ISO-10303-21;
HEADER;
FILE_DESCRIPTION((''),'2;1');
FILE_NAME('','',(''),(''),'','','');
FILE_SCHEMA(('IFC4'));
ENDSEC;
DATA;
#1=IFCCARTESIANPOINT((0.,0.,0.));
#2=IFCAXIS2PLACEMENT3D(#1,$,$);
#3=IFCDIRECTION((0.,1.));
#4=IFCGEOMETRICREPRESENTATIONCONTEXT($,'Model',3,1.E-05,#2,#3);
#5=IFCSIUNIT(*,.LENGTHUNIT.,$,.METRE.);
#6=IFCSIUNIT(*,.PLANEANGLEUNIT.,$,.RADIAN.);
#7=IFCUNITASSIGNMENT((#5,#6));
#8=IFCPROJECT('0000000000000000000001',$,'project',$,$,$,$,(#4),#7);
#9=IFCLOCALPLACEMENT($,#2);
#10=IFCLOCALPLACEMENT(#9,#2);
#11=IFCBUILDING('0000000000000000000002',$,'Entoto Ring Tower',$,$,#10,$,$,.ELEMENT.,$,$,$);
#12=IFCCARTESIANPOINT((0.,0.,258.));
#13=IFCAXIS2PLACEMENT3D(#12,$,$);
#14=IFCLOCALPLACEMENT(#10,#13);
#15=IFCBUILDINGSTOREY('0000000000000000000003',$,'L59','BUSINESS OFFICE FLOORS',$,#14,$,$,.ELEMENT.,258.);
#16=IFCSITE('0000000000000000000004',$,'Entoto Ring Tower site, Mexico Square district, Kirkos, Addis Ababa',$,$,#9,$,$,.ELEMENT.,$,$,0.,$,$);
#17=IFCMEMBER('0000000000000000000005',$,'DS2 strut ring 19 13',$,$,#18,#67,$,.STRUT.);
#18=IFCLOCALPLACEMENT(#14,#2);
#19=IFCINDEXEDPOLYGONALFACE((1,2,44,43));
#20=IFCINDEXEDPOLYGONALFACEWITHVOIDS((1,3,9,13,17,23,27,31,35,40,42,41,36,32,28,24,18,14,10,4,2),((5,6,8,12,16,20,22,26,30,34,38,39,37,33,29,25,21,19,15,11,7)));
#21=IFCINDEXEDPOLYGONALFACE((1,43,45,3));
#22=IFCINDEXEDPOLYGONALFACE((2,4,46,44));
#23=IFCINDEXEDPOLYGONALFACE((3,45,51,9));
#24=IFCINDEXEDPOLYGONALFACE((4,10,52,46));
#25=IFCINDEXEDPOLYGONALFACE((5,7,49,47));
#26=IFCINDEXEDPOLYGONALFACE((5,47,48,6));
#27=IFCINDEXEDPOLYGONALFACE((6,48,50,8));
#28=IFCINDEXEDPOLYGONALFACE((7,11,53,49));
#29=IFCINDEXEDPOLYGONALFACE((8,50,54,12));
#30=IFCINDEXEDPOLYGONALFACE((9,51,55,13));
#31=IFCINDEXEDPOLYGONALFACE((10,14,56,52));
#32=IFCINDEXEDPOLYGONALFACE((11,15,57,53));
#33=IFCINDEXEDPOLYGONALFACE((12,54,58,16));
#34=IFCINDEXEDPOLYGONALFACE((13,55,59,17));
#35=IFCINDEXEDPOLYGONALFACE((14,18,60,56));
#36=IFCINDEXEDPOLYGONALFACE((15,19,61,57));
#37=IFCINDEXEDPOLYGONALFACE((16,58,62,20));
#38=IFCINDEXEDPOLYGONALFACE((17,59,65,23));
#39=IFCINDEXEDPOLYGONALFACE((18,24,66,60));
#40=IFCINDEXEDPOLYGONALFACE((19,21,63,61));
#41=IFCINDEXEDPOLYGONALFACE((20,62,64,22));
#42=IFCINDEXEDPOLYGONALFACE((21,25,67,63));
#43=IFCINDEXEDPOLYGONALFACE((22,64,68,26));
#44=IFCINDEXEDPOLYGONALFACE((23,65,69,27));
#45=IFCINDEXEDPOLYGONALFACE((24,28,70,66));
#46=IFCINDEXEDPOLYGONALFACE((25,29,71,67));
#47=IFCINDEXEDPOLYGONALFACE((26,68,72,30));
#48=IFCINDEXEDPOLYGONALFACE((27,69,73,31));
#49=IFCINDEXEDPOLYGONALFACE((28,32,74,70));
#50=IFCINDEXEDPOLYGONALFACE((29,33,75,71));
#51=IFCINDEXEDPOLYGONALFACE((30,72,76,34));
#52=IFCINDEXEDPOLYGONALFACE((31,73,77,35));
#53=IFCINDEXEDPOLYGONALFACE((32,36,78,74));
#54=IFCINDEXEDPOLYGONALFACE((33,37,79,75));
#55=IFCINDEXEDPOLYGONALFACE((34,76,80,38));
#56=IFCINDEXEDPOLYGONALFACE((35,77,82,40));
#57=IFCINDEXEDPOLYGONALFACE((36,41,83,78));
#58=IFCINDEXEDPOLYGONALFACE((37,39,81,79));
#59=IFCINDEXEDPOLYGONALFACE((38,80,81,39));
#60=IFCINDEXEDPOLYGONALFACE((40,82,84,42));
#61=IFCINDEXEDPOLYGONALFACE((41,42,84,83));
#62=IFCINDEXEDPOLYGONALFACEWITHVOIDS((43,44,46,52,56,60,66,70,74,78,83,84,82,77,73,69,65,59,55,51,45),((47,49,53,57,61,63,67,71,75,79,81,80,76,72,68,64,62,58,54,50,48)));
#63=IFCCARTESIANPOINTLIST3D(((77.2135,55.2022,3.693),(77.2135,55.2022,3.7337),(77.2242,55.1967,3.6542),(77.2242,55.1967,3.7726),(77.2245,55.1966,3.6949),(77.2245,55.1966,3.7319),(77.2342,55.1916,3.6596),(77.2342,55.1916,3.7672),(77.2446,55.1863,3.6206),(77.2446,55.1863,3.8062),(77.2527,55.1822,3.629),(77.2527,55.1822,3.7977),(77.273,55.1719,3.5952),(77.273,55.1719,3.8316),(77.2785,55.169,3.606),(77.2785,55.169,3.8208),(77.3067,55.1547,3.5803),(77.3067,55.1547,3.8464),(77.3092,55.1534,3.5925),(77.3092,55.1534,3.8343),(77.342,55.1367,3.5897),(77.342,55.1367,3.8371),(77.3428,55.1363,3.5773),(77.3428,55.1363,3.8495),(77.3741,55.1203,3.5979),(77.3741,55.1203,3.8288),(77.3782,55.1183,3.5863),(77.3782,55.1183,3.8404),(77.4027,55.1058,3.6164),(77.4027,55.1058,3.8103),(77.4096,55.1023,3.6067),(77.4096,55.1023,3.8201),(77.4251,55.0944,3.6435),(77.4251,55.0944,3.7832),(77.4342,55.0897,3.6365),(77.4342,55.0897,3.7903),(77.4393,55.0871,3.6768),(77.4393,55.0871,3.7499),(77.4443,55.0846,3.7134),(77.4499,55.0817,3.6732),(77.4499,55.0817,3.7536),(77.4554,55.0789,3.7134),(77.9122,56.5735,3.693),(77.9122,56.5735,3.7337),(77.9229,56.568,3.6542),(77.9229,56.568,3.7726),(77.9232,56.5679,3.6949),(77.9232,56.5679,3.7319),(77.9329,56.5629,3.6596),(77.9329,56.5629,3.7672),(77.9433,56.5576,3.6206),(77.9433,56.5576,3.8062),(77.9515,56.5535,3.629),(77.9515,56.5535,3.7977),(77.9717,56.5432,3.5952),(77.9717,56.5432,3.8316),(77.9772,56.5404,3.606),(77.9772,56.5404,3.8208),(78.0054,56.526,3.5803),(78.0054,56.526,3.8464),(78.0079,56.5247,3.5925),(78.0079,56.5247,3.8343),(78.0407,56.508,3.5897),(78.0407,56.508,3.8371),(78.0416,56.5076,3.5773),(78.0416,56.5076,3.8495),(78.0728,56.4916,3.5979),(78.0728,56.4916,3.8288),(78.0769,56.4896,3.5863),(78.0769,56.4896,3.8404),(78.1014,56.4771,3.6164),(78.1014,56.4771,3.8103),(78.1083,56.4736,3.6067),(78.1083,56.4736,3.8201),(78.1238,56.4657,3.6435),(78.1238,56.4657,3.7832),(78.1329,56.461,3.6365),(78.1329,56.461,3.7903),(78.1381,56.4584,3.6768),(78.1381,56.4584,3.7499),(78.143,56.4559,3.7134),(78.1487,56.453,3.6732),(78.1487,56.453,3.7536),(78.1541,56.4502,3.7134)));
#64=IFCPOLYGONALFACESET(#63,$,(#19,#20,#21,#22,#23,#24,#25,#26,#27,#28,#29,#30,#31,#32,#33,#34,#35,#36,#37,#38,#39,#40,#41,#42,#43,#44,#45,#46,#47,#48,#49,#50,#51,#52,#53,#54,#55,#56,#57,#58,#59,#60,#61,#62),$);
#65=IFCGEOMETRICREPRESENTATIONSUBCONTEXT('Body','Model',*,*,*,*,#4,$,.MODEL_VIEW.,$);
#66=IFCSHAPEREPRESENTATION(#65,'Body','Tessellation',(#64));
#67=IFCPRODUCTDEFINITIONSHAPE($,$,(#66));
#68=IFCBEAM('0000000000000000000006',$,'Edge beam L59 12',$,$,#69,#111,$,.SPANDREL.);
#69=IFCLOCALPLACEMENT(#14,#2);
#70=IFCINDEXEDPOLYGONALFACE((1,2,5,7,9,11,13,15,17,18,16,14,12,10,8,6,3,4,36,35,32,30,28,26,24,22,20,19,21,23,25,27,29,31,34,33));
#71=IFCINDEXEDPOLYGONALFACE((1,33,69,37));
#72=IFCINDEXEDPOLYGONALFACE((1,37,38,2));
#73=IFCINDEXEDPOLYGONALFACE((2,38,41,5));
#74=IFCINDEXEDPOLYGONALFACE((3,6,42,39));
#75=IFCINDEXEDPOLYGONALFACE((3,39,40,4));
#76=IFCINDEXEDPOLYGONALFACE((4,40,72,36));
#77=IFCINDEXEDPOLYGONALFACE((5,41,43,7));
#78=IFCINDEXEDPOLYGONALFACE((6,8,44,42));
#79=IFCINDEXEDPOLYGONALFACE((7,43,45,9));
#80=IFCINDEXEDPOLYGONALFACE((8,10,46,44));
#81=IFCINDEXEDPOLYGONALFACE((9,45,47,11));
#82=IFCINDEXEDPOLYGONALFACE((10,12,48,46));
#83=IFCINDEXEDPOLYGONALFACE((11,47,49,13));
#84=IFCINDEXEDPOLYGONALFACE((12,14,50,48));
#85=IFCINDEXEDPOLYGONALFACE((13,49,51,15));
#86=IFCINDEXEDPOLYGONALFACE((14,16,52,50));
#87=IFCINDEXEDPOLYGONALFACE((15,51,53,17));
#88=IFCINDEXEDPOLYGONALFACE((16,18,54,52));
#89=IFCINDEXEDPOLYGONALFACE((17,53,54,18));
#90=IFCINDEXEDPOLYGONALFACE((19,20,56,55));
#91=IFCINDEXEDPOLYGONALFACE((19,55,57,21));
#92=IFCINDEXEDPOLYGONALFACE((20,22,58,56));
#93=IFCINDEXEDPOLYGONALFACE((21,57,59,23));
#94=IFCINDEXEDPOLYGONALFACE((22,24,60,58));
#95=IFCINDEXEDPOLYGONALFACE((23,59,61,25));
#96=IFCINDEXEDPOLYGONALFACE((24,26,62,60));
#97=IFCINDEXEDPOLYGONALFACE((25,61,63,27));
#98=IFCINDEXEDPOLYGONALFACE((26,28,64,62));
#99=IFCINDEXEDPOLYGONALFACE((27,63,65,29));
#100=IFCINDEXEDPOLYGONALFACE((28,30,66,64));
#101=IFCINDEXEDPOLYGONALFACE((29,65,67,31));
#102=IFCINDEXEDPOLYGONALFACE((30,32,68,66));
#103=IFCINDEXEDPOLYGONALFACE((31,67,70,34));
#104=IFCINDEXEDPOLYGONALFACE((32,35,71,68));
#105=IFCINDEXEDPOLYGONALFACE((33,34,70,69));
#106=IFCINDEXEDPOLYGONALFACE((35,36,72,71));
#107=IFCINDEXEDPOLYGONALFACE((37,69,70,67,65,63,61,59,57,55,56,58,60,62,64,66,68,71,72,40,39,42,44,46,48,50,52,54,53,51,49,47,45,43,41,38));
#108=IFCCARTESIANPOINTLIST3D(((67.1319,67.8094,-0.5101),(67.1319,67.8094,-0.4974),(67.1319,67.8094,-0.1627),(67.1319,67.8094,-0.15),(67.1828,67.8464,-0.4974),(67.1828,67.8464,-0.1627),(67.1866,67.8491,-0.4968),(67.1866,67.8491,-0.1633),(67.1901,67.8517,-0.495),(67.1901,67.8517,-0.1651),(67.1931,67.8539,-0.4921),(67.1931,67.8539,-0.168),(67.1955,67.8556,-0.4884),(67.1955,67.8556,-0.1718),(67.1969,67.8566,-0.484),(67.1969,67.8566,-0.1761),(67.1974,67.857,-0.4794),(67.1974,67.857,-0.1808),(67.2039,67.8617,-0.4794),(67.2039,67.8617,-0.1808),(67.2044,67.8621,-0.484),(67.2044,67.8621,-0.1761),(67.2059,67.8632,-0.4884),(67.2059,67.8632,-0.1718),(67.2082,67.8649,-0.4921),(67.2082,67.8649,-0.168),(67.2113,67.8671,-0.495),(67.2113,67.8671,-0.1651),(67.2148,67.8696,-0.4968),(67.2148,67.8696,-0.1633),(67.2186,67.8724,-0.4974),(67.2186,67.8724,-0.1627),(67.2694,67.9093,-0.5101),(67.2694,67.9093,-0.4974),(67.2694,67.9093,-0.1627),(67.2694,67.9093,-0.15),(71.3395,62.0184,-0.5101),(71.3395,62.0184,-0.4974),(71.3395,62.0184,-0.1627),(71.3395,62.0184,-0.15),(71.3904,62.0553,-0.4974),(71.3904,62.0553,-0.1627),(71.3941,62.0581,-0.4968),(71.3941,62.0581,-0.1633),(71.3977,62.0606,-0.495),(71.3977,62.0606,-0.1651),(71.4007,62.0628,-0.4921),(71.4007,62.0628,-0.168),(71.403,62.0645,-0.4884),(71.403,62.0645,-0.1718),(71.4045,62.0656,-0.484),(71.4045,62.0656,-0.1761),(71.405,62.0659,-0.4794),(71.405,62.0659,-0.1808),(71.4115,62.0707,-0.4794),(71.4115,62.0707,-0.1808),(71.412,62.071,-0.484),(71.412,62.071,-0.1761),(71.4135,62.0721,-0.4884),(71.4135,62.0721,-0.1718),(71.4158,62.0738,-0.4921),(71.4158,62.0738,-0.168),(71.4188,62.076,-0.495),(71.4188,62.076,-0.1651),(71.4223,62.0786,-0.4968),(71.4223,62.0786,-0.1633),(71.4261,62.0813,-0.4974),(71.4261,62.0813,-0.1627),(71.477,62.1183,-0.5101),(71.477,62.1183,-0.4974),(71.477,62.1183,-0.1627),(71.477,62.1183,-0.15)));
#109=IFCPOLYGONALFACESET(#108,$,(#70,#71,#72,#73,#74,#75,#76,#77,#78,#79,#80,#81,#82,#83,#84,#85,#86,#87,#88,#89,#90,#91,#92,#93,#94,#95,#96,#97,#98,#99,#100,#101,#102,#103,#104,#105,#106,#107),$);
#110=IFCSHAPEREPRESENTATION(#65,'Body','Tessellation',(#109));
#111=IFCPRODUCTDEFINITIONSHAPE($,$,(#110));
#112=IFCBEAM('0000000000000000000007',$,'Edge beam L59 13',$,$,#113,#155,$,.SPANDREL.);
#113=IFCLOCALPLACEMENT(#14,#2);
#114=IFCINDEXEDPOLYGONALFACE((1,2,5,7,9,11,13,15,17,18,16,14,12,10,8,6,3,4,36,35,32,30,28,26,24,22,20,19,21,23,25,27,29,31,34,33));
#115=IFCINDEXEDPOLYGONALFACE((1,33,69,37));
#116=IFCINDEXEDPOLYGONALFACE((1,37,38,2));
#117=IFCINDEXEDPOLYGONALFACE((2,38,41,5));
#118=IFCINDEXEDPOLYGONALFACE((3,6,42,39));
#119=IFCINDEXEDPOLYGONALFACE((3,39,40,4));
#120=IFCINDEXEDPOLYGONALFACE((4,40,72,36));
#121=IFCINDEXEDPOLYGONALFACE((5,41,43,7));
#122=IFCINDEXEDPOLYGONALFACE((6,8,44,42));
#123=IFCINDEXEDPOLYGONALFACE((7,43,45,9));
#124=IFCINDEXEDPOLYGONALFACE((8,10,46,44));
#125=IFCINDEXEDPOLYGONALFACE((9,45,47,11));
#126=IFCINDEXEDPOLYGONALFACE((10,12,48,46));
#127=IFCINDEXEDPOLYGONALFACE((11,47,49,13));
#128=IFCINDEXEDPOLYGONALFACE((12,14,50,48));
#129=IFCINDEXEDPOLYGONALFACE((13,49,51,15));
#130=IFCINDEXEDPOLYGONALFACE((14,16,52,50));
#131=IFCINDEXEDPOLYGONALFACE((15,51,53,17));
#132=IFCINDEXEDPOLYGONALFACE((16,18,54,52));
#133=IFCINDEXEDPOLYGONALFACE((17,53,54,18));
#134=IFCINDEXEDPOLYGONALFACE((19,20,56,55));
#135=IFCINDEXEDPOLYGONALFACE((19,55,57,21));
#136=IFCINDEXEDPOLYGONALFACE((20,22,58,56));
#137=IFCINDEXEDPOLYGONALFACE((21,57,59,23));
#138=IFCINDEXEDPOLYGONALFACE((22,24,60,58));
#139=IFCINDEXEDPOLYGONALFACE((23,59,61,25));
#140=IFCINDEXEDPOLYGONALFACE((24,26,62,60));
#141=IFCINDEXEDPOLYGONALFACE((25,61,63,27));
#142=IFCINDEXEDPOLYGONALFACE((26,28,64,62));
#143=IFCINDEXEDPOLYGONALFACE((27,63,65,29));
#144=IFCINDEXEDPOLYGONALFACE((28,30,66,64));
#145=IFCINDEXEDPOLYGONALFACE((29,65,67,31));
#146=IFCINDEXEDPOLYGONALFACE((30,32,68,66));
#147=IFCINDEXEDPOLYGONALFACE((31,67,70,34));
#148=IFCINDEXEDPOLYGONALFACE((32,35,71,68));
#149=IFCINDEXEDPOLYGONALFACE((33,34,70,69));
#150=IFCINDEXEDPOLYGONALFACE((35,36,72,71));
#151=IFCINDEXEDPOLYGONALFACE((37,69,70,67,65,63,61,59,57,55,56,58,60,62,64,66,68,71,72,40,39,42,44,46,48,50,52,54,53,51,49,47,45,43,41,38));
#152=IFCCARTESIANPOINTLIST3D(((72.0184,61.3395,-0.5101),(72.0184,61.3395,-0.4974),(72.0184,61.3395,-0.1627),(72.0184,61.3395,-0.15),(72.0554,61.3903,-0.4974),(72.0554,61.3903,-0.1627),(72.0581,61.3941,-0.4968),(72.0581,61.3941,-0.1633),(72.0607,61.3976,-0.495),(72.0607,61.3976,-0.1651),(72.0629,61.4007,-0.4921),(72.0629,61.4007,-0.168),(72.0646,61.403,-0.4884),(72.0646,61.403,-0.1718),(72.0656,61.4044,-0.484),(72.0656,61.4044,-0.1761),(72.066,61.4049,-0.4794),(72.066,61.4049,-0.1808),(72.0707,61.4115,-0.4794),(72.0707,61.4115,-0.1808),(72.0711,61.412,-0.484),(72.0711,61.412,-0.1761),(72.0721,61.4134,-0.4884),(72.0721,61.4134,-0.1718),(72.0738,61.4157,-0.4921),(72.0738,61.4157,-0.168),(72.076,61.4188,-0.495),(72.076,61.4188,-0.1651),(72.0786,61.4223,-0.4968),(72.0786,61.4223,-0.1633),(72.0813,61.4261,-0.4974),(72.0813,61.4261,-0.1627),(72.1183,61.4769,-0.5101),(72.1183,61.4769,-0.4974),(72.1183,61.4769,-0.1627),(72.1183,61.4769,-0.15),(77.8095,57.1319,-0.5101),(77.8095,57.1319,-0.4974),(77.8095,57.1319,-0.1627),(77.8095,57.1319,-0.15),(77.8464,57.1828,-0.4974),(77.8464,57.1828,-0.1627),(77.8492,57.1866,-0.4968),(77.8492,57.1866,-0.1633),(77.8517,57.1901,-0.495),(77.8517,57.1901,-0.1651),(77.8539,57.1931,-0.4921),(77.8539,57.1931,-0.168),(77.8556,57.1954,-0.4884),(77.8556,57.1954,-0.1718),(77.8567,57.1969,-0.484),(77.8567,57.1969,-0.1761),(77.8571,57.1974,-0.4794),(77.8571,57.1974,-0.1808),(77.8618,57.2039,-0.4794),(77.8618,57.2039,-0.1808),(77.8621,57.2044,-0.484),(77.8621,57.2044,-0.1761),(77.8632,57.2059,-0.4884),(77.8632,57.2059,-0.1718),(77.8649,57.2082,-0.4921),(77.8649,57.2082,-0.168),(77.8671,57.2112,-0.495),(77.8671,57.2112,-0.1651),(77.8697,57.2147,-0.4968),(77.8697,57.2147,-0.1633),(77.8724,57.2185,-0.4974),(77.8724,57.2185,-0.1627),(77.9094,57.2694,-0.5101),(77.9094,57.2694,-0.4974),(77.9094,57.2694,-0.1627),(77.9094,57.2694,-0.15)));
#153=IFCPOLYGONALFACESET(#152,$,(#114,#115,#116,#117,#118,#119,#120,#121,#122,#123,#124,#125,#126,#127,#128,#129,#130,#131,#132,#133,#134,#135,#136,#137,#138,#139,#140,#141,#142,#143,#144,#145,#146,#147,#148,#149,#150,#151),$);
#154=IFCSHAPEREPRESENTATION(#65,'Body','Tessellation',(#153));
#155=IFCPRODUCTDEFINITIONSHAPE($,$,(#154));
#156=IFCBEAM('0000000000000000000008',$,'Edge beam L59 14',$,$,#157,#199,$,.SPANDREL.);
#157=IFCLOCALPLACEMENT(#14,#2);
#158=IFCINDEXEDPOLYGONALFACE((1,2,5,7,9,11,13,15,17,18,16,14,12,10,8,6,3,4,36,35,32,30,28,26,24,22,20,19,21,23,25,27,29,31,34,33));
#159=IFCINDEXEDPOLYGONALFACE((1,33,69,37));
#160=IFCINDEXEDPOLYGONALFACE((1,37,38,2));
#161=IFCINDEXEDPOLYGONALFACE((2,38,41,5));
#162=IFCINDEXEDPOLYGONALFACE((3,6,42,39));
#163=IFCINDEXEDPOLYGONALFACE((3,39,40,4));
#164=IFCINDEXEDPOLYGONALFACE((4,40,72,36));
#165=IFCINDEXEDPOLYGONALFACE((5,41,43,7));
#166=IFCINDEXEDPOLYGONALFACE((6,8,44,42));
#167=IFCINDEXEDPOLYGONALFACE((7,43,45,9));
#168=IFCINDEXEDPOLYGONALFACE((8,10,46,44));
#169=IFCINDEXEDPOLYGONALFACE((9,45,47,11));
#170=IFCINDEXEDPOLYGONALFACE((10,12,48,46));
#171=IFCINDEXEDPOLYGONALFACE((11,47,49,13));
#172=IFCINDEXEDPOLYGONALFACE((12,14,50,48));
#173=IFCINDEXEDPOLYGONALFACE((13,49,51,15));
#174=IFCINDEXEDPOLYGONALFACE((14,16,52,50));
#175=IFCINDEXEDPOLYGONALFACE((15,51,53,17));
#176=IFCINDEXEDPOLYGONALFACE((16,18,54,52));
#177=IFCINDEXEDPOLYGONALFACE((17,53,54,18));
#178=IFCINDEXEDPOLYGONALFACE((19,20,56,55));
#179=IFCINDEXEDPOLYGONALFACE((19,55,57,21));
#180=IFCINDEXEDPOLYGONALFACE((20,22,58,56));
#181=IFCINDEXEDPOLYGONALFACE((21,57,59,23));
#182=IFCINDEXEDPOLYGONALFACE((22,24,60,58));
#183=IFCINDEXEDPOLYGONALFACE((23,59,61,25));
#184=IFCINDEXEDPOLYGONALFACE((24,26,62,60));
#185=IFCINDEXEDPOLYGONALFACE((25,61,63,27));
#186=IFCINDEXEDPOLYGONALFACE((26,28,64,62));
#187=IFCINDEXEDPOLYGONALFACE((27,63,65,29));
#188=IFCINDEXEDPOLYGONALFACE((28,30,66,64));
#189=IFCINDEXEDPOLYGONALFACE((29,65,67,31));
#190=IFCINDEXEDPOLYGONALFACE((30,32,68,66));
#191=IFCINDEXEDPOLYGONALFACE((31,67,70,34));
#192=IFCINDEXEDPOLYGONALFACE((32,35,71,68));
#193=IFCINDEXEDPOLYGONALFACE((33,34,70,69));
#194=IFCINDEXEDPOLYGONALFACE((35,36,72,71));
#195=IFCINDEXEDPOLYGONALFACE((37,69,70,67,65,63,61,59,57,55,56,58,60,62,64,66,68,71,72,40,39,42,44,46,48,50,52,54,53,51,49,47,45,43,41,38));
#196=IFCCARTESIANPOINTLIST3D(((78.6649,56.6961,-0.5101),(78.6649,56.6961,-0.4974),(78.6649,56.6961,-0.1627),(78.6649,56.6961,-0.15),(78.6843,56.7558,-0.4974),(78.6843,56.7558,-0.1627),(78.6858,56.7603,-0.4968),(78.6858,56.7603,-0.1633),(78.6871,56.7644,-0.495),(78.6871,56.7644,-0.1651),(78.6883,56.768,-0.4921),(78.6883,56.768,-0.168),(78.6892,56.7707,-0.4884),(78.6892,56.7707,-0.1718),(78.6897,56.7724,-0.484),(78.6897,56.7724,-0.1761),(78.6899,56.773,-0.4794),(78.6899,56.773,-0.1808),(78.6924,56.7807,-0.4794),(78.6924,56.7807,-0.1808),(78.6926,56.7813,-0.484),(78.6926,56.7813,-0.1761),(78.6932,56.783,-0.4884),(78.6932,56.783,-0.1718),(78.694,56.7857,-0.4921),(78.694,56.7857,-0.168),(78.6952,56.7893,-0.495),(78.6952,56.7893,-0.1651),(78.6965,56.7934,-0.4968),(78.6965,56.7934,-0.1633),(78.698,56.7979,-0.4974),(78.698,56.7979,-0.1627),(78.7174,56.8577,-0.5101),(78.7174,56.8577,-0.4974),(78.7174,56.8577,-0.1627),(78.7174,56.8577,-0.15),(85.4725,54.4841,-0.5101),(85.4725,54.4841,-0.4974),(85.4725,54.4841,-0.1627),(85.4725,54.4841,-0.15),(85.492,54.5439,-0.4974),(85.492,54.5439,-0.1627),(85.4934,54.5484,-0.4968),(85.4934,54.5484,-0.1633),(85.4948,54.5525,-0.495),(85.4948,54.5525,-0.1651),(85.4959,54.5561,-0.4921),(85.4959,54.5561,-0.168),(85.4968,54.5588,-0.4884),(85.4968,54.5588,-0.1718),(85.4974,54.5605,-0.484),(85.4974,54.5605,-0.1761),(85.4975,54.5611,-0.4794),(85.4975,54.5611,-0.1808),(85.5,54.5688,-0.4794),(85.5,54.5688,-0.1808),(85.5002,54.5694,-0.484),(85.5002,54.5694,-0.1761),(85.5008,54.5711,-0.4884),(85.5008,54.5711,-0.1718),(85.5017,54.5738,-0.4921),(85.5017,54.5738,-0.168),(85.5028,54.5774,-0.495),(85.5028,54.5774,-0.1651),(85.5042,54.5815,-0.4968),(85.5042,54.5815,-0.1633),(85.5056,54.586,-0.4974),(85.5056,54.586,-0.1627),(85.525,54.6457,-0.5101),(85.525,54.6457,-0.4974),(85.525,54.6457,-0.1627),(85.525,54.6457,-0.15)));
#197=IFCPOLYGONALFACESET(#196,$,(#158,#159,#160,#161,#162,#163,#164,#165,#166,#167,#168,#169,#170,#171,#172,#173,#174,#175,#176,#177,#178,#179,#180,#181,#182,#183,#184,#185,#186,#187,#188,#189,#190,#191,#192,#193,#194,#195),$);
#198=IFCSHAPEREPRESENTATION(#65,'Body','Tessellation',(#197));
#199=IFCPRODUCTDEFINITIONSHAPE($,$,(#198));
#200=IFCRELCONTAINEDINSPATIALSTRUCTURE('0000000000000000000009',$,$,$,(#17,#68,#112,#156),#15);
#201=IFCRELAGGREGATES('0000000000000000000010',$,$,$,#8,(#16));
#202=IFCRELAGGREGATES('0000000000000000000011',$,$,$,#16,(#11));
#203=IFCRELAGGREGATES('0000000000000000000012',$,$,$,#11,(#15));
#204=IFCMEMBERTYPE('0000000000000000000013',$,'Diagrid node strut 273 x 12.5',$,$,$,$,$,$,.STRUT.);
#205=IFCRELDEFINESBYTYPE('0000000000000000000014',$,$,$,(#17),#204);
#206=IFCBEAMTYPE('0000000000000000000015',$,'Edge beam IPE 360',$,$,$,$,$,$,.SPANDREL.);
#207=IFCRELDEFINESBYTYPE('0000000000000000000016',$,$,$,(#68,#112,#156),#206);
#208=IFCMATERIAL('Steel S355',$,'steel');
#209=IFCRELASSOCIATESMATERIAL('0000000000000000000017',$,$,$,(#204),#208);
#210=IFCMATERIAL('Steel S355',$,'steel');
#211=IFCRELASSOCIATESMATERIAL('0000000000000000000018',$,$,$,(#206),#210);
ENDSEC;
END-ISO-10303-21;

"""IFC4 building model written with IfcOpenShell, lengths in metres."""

from ifc_helpers import new_model, si_unit, direction, frame, origin, origin_2d, place, context, subcontext, project, spatial, circle, hollow_circle, i_section, extrude, material, material_profile, profile_set, type_object, element, save


model = new_model("IFC4")

# Units and contexts
model_context = context("Model", 3, precision=1e-05, world=origin(), true_north=direction((0.0, 1.0)))
body_context = subcontext(model_context, "Body", "Model", "MODEL_VIEW")
ifc_project = project(units=[si_unit("LENGTHUNIT", "METRE"), si_unit("PLANEANGLEUNIT", "RADIAN")], contexts=[model_context])

# Site, building, storey
site_placement = place(None, origin())
site = spatial("IfcSite", under=ifc_project, at=site_placement, Name="Entoto Ring Tower site, Mexico Square district, Kirkos, Addis Ababa", CompositionType="ELEMENT", RefElevation=0.0)
building_placement = place(site_placement, origin())
building = spatial("IfcBuilding", under=site, at=building_placement, Name="Entoto Ring Tower", CompositionType="ELEMENT")
storey_placement = place(building_placement, frame((0.0, 0.0, 258.0)))
storey = spatial("IfcBuildingStorey", under=building, at=storey_placement, Name="L59", Description="BUSINESS OFFICE FLOORS", CompositionType="ELEMENT", Elevation=258.0)

# Member
ifc_material_1 = material(Name="Steel S355", Category="steel")
ifc_material_profile_1 = material_profile(ifc_material_1, hollow_circle(Radius=0.1365, WallThickness=0.0125, at=origin_2d()), Name="CHS 273 x 12.5")
ifc_material_2 = material(Name="Concrete C60/75", Category="concrete")
ifc_material_profile_2 = material_profile(ifc_material_2, circle(Radius=0.124, at=origin_2d()), Name="Concrete C60/75 infill")
ifc_profile_set_1 = profile_set([ifc_material_profile_1, ifc_material_profile_2], Name="Steel S355")
member_type = type_object("IfcMemberType", Name="Diagrid node strut 273 x 12.5", PredefinedType="STRUT", material=ifc_profile_set_1)
member_1_placement = place(storey_placement, frame((78.0325, 56.5122, 3.7134), z_axis=(-0.45399, -0.891007, 0.0), x_axis=(0.891007, -0.45399, 0.0)))
element("IfcMember", 1, at=member_1_placement, inside=storey, type_object=member_type, Name="DS2 strut ring 19 13", PredefinedType="STRUT", context=body_context, shape_type="SweptSolid", body=[
    extrude(hollow_circle(Radius=0.1365, WallThickness=0.0125, at=origin_2d()), origin(), (0.0, 0.0, 1.0), 1.5391),
])

# Beams
ifc_material_3 = material(Name="Steel S355", Category="steel")
ifc_material_profile_3 = material_profile(ifc_material_3, i_section(OverallWidth=0.1699, OverallDepth=0.3601, WebThickness=0.0081, FlangeThickness=0.0127, FilletRadius=0.0181, at=origin_2d()), Name="IPE 360")
ifc_profile_set_2 = profile_set([ifc_material_profile_3], Name="Steel S355")
beam_type_1 = type_object("IfcBeamType", Name="Edge beam IPE 360", PredefinedType="SPANDREL", material=ifc_profile_set_2)
for number, where, z_axis, x_axis, name in (
    (2, (67.2007, 67.8594, -0.3301), (0.587794, -0.80901, 0.0), (0.80901, 0.587794, 0.0), "Edge beam L59 12"),
    (3, (72.0684, 61.4082, -0.3301), (0.80901, -0.587794, 0.0), (0.587794, 0.80901, 0.0), "Edge beam L59 13"),
):
    element("IfcBeam", number, at=place(storey_placement, frame(where, z_axis=z_axis, x_axis=x_axis)), inside=storey, type_object=beam_type_1, Name=name, PredefinedType="SPANDREL", context=body_context, shape_type="SweptSolid", body=[
        extrude(i_section(OverallWidth=0.1699, OverallDepth=0.3601, WebThickness=0.0081, FlangeThickness=0.0127, FilletRadius=0.0181, at=origin_2d()), origin(), (0.0, 0.0, 1.0), 7.1582),
    ])
beam_1_placement = place(storey_placement, frame((78.6912, 56.7769, -0.3301), z_axis=(0.951057, -0.309015, 0.0), x_axis=(0.309015, 0.951057, 0.0)))
element("IfcBeam", 4, at=beam_1_placement, inside=storey, type_object=beam_type_1, Name="Edge beam L59 14", PredefinedType="SPANDREL", context=body_context, shape_type="SweptSolid", body=[
    extrude(i_section(OverallWidth=0.1699, OverallDepth=0.3601, WebThickness=0.0081, FlangeThickness=0.0127, FilletRadius=0.0181, at=origin_2d()), origin(), (0.0, 0.0, 1.0), 7.158),
])

save(model, "model.ifc")
